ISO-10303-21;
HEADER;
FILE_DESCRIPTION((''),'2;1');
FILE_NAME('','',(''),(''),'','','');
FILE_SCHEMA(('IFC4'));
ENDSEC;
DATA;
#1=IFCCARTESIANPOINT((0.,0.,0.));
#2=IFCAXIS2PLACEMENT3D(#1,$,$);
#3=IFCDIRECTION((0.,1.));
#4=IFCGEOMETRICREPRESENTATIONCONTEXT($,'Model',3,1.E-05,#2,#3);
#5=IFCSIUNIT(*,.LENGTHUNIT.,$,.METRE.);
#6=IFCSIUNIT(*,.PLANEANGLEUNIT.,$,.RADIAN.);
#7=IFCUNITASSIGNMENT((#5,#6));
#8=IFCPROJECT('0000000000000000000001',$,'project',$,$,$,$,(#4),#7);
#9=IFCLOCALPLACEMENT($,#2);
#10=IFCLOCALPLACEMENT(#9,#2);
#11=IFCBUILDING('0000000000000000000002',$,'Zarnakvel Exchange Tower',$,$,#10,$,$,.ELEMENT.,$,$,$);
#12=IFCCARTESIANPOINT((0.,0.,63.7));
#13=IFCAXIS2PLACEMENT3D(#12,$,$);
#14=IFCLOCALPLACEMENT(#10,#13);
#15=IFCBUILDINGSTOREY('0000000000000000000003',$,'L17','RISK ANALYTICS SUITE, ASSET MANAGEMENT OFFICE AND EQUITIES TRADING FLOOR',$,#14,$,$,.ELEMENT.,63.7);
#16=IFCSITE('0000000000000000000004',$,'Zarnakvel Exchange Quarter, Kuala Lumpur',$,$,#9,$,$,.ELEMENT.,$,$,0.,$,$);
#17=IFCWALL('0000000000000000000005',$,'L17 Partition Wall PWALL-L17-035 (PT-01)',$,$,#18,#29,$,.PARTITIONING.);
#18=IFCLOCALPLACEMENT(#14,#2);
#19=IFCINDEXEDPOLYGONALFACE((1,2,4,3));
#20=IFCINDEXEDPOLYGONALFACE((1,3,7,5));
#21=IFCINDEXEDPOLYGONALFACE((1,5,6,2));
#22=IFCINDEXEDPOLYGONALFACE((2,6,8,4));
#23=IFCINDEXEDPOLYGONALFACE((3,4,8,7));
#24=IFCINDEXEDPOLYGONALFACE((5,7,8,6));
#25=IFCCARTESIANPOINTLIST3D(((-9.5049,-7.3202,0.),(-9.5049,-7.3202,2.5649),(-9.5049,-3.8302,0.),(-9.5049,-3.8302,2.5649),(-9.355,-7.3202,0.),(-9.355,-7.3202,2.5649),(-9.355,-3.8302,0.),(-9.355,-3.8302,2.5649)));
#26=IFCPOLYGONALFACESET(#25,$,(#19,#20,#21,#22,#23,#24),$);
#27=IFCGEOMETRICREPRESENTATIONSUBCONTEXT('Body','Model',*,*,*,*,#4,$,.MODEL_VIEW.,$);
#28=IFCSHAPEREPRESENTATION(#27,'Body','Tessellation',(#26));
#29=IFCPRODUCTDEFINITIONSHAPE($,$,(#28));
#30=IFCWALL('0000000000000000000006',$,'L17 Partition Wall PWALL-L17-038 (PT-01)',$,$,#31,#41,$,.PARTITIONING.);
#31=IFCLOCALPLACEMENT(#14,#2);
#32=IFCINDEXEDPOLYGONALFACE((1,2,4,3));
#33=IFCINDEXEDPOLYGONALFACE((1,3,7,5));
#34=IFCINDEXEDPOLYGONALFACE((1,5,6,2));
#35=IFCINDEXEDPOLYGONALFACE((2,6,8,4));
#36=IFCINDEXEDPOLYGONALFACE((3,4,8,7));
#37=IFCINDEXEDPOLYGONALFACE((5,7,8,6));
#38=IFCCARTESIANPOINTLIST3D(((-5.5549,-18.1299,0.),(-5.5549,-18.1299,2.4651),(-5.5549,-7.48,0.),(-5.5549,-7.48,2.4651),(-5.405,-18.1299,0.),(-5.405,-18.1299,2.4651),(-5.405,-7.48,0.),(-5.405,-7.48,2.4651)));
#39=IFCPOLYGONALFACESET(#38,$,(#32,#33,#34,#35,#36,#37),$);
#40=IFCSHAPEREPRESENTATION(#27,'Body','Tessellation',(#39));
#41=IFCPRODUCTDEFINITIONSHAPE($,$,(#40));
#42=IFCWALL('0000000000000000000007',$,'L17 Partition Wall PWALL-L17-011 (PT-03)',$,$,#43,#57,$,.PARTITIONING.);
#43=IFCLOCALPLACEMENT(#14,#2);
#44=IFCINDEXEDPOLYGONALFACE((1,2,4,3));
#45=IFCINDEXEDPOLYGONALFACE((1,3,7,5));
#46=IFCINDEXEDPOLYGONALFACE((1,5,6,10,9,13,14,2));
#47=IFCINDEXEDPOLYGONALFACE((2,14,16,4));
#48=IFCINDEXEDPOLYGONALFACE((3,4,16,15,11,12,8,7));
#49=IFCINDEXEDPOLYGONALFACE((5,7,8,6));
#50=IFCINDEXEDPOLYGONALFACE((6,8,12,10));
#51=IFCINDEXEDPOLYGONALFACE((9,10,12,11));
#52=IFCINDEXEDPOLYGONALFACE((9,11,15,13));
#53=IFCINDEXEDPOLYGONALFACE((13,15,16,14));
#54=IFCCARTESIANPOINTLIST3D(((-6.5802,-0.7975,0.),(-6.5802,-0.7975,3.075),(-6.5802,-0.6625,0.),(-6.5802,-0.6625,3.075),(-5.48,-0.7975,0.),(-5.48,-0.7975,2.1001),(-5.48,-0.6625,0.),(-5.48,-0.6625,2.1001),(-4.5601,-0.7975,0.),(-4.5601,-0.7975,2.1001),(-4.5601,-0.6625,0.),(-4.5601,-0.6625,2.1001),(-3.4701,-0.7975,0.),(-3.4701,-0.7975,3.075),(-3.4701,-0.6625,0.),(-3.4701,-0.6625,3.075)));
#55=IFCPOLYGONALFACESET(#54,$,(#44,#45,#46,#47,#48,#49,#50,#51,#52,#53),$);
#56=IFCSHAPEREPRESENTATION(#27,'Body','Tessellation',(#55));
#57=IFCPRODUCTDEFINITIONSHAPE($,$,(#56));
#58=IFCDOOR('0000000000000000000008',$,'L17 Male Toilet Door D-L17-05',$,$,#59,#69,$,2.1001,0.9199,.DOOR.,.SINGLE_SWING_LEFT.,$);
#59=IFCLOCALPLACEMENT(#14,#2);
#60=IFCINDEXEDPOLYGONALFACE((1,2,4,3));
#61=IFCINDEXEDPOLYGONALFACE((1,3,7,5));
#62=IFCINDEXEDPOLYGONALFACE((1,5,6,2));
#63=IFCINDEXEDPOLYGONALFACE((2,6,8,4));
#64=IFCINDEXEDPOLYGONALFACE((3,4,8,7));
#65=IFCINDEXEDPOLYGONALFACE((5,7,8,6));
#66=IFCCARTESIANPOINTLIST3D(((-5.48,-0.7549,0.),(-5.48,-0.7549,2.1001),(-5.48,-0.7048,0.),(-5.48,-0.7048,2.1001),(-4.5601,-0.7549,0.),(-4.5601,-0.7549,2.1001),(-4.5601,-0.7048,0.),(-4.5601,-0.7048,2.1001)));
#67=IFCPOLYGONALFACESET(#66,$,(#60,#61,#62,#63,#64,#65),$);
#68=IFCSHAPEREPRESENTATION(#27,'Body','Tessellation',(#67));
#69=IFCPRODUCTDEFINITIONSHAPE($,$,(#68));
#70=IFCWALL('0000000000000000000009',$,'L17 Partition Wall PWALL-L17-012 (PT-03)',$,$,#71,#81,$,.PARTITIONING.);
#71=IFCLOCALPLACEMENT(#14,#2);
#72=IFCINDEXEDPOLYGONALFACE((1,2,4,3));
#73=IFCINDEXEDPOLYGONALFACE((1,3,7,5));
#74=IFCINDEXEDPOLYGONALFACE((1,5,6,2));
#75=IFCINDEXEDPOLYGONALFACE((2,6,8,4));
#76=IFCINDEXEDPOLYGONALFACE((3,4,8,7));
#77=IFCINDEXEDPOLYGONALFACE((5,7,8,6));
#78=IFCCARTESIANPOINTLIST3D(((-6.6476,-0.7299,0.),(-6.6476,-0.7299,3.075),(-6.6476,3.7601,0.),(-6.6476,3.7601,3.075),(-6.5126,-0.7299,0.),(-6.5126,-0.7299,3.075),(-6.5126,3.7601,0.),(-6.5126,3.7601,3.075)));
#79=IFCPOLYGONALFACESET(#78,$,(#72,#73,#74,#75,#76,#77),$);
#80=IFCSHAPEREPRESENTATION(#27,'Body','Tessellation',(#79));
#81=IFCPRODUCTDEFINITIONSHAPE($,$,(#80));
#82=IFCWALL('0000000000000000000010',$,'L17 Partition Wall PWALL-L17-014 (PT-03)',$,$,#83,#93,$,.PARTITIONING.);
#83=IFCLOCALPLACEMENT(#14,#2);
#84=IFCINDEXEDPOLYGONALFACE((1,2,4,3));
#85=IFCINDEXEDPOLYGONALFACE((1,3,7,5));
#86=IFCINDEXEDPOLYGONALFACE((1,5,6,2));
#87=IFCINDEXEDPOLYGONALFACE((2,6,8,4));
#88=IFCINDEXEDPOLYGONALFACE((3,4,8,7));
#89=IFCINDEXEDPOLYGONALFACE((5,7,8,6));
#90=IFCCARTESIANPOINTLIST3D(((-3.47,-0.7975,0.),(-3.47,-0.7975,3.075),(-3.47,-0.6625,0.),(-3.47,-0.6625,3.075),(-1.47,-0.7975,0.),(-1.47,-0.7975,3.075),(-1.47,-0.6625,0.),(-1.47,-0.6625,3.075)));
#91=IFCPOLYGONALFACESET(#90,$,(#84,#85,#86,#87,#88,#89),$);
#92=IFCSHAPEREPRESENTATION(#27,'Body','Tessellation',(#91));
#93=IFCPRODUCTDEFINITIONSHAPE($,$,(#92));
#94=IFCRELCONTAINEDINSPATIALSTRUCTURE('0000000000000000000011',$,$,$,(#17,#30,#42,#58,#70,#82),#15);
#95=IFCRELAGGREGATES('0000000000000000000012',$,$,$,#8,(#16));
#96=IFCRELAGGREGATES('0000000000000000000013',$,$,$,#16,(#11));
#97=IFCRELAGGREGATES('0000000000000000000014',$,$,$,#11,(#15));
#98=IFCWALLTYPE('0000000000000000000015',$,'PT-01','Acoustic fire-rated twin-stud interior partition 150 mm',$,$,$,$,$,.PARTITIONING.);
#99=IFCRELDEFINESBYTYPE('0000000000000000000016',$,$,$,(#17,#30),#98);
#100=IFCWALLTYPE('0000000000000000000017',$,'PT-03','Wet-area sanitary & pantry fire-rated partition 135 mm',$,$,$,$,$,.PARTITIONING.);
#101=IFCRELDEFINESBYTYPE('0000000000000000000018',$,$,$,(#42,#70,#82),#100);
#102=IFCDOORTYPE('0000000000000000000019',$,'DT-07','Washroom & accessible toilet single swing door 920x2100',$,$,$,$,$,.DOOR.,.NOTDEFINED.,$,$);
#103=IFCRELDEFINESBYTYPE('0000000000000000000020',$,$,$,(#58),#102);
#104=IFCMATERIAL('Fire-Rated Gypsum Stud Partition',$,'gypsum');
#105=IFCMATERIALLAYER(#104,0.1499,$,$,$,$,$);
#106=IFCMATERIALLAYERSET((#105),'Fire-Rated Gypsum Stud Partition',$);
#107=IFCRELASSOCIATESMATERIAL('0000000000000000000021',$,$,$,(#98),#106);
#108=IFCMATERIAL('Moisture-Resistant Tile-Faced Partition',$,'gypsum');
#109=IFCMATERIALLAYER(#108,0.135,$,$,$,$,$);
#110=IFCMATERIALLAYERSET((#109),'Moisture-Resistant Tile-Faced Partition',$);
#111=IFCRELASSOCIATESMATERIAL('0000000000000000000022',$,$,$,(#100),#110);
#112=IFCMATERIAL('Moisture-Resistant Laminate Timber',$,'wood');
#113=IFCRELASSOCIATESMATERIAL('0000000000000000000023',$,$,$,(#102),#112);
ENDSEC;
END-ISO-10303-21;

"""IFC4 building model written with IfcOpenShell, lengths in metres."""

from ifc_helpers import new_model, si_unit, direction, frame, frame_2d, origin, place, context, subcontext, project, spatial, rectangle, extrude, source, transform, mapped, material, layer, layer_set, type_object, element, fill, save


model = new_model("IFC4")

# Units and contexts
model_context = context("Model", 3, precision=1e-05, world=origin(), true_north=direction((0.0, 1.0)))
body_context = subcontext(model_context, "Body", "Model", "MODEL_VIEW")
ifc_project = project(units=[si_unit("LENGTHUNIT", "METRE"), si_unit("PLANEANGLEUNIT", "RADIAN")], contexts=[model_context])

# Site, building, storey
site_placement = place(None, origin())
site = spatial("IfcSite", under=ifc_project, at=site_placement, Name="Zarnakvel Exchange Quarter, Kuala Lumpur", CompositionType="ELEMENT", RefElevation=0.0)
building_placement = place(site_placement, origin())
building = spatial("IfcBuilding", under=site, at=building_placement, Name="Zarnakvel Exchange Tower", CompositionType="ELEMENT")
storey_placement = place(building_placement, frame((0.0, 0.0, 63.7)))
storey = spatial("IfcBuildingStorey", under=building, at=storey_placement, Name="L17", Description="RISK ANALYTICS SUITE, ASSET MANAGEMENT OFFICE AND EQUITIES TRADING FLOOR", CompositionType="ELEMENT", Elevation=63.7)

# Shared definitions
ifc_material_1 = material(Name="Fire-Rated Gypsum Stud Partition", Category="gypsum")
ifc_layer_1 = layer(ifc_material_1, 0.1499)
ifc_layer_set_1 = layer_set([ifc_layer_1], Name="Fire-Rated Gypsum Stud Partition")
wall_type_1 = type_object("IfcWallType", Name="PT-01", Description="Acoustic fire-rated twin-stud interior partition 150 mm", PredefinedType="PARTITIONING", material=ifc_layer_set_1)

# Walls
wall_1_placement = place(storey_placement, frame((-9.4299, -3.8301, 0.0), z_axis=(0.0, 0.0, 1.0), x_axis=(0.0, -1.0, 0.0)))
element("IfcWall", 1, at=wall_1_placement, inside=storey, type_object=wall_type_1, Name="L17 Partition Wall PWALL-L17-035 (PT-01)", PredefinedType="PARTITIONING", context=body_context, shape_type="SweptSolid", body=[
    extrude(rectangle(XDim=3.49, YDim=0.1499, at=frame_2d((1.7451, 0.0))), origin(), (0.0, 0.0, 1.0), 2.5649),
])
wall_2_placement = place(storey_placement, frame((-5.48, -7.48, 0.0), z_axis=(0.0, 0.0, 1.0), x_axis=(0.0, -1.0, 0.0)))
element("IfcWall", 2, at=wall_2_placement, inside=storey, type_object=wall_type_1, Name="L17 Partition Wall PWALL-L17-038 (PT-01)", PredefinedType="PARTITIONING", context=body_context, shape_type="SweptSolid", body=[
    extrude(rectangle(XDim=10.6499, YDim=0.1499, at=frame_2d((5.325, 0.0))), origin(), (0.0, 0.0, 1.0), 2.4651),
])

# Wall, opening, door
ifc_material_2 = material(Name="Moisture-Resistant Tile-Faced Partition", Category="gypsum")
ifc_layer_2 = layer(ifc_material_2, 0.135)
ifc_layer_set_2 = layer_set([ifc_layer_2], Name="Moisture-Resistant Tile-Faced Partition")
wall_type_2 = type_object("IfcWallType", Name="PT-03", Description="Wet-area sanitary & pantry fire-rated partition 135 mm", PredefinedType="PARTITIONING", material=ifc_layer_set_2)
wall_3_placement = place(storey_placement, frame((-3.47, -0.73, 0.0), z_axis=(0.0, 0.0, 1.0), x_axis=(-1.0, 0.0, 0.0)))
wall_3 = element("IfcWall", 3, at=wall_3_placement, inside=storey, type_object=wall_type_2, Name="L17 Partition Wall PWALL-L17-011 (PT-03)", PredefinedType="PARTITIONING", context=body_context, shape_type="SweptSolid", body=[
    extrude(rectangle(XDim=3.1101, YDim=0.135, at=frame_2d((1.5552, 0.0))), origin(), (0.0, 0.0, 1.0), 3.075),
])
opening_1_placement = place(wall_3_placement, frame((1.0901, 0.0, 0.0)))
opening_1 = element("IfcOpeningElement", 4, at=opening_1_placement, cuts=wall_3, PredefinedType="OPENING", context=body_context, shape_type="SweptSolid", body=[
    extrude(rectangle(XDim=0.9199, YDim=2.1001, at=frame_2d((0.46, 1.05))), frame((0.0, 0.0774, 0.0), z_axis=(0.0, -1.0, 0.0), x_axis=(1.0, 0.0, 0.0)), (0.0, 0.0, 1.0), 0.155),
])
ifc_material_3 = material(Name="Moisture-Resistant Laminate Timber", Category="wood")
door_type_1 = type_object("IfcDoorType", Name="DT-07", Description="Washroom & accessible toilet single swing door 920x2100", OperationType="NOTDEFINED", PredefinedType="DOOR", material=ifc_material_3)
shared_shape_1 = source(origin(), body_context, "Body", "SweptSolid", [
    extrude(rectangle(XDim=0.9199, YDim=2.1001, at=frame_2d((0.46, 1.05))), frame((0.0, 0.0249, 0.0), z_axis=(0.0, -1.0, 0.0), x_axis=(1.0, 0.0, 0.0)), (0.0, 0.0, 1.0), 0.05),
])
door_1_placement = place(opening_1_placement, origin())
door_1 = element("IfcDoor", 5, at=door_1_placement, inside=storey, type_object=door_type_1, Name="L17 Male Toilet Door D-L17-05", OperationType="SINGLE_SWING_LEFT", OverallHeight=2.1001, OverallWidth=0.9199, PredefinedType="DOOR", context=body_context, shape_type="MappedRepresentation", body=[
    mapped(shared_shape_1, transform((0.0, 0.0, 0.0), x_axis=(1.0, 0.0, 0.0), y_axis=(0.0, 1.0, 0.0), z_axis=(0.0, 0.0, 1.0), scale=1.0)),
])
fill(opening_1, door_1)

# Walls
wall_4_placement = place(storey_placement, frame((-6.5801, -0.73, 0.0), z_axis=(0.0, 0.0, 1.0), x_axis=(0.0, 1.0, 0.0)))
element("IfcWall", 6, at=wall_4_placement, inside=storey, type_object=wall_type_2, Name="L17 Partition Wall PWALL-L17-012 (PT-03)", PredefinedType="PARTITIONING", context=body_context, shape_type="SweptSolid", body=[
    extrude(rectangle(XDim=4.49, YDim=0.135, at=frame_2d((2.2451, 0.0))), origin(), (0.0, 0.0, 1.0), 3.075),
])
wall_5_placement = place(storey_placement, frame((-1.47, -0.73, 0.0), z_axis=(0.0, 0.0, 1.0), x_axis=(-1.0, 0.0, 0.0)))
element("IfcWall", 7, at=wall_5_placement, inside=storey, type_object=wall_type_2, Name="L17 Partition Wall PWALL-L17-014 (PT-03)", PredefinedType="PARTITIONING", context=body_context, shape_type="SweptSolid", body=[
    extrude(rectangle(XDim=2.0, YDim=0.135, at=frame_2d((1.0, 0.0))), origin(), (0.0, 0.0, 1.0), 3.075),
])

save(model, "model.ifc")
